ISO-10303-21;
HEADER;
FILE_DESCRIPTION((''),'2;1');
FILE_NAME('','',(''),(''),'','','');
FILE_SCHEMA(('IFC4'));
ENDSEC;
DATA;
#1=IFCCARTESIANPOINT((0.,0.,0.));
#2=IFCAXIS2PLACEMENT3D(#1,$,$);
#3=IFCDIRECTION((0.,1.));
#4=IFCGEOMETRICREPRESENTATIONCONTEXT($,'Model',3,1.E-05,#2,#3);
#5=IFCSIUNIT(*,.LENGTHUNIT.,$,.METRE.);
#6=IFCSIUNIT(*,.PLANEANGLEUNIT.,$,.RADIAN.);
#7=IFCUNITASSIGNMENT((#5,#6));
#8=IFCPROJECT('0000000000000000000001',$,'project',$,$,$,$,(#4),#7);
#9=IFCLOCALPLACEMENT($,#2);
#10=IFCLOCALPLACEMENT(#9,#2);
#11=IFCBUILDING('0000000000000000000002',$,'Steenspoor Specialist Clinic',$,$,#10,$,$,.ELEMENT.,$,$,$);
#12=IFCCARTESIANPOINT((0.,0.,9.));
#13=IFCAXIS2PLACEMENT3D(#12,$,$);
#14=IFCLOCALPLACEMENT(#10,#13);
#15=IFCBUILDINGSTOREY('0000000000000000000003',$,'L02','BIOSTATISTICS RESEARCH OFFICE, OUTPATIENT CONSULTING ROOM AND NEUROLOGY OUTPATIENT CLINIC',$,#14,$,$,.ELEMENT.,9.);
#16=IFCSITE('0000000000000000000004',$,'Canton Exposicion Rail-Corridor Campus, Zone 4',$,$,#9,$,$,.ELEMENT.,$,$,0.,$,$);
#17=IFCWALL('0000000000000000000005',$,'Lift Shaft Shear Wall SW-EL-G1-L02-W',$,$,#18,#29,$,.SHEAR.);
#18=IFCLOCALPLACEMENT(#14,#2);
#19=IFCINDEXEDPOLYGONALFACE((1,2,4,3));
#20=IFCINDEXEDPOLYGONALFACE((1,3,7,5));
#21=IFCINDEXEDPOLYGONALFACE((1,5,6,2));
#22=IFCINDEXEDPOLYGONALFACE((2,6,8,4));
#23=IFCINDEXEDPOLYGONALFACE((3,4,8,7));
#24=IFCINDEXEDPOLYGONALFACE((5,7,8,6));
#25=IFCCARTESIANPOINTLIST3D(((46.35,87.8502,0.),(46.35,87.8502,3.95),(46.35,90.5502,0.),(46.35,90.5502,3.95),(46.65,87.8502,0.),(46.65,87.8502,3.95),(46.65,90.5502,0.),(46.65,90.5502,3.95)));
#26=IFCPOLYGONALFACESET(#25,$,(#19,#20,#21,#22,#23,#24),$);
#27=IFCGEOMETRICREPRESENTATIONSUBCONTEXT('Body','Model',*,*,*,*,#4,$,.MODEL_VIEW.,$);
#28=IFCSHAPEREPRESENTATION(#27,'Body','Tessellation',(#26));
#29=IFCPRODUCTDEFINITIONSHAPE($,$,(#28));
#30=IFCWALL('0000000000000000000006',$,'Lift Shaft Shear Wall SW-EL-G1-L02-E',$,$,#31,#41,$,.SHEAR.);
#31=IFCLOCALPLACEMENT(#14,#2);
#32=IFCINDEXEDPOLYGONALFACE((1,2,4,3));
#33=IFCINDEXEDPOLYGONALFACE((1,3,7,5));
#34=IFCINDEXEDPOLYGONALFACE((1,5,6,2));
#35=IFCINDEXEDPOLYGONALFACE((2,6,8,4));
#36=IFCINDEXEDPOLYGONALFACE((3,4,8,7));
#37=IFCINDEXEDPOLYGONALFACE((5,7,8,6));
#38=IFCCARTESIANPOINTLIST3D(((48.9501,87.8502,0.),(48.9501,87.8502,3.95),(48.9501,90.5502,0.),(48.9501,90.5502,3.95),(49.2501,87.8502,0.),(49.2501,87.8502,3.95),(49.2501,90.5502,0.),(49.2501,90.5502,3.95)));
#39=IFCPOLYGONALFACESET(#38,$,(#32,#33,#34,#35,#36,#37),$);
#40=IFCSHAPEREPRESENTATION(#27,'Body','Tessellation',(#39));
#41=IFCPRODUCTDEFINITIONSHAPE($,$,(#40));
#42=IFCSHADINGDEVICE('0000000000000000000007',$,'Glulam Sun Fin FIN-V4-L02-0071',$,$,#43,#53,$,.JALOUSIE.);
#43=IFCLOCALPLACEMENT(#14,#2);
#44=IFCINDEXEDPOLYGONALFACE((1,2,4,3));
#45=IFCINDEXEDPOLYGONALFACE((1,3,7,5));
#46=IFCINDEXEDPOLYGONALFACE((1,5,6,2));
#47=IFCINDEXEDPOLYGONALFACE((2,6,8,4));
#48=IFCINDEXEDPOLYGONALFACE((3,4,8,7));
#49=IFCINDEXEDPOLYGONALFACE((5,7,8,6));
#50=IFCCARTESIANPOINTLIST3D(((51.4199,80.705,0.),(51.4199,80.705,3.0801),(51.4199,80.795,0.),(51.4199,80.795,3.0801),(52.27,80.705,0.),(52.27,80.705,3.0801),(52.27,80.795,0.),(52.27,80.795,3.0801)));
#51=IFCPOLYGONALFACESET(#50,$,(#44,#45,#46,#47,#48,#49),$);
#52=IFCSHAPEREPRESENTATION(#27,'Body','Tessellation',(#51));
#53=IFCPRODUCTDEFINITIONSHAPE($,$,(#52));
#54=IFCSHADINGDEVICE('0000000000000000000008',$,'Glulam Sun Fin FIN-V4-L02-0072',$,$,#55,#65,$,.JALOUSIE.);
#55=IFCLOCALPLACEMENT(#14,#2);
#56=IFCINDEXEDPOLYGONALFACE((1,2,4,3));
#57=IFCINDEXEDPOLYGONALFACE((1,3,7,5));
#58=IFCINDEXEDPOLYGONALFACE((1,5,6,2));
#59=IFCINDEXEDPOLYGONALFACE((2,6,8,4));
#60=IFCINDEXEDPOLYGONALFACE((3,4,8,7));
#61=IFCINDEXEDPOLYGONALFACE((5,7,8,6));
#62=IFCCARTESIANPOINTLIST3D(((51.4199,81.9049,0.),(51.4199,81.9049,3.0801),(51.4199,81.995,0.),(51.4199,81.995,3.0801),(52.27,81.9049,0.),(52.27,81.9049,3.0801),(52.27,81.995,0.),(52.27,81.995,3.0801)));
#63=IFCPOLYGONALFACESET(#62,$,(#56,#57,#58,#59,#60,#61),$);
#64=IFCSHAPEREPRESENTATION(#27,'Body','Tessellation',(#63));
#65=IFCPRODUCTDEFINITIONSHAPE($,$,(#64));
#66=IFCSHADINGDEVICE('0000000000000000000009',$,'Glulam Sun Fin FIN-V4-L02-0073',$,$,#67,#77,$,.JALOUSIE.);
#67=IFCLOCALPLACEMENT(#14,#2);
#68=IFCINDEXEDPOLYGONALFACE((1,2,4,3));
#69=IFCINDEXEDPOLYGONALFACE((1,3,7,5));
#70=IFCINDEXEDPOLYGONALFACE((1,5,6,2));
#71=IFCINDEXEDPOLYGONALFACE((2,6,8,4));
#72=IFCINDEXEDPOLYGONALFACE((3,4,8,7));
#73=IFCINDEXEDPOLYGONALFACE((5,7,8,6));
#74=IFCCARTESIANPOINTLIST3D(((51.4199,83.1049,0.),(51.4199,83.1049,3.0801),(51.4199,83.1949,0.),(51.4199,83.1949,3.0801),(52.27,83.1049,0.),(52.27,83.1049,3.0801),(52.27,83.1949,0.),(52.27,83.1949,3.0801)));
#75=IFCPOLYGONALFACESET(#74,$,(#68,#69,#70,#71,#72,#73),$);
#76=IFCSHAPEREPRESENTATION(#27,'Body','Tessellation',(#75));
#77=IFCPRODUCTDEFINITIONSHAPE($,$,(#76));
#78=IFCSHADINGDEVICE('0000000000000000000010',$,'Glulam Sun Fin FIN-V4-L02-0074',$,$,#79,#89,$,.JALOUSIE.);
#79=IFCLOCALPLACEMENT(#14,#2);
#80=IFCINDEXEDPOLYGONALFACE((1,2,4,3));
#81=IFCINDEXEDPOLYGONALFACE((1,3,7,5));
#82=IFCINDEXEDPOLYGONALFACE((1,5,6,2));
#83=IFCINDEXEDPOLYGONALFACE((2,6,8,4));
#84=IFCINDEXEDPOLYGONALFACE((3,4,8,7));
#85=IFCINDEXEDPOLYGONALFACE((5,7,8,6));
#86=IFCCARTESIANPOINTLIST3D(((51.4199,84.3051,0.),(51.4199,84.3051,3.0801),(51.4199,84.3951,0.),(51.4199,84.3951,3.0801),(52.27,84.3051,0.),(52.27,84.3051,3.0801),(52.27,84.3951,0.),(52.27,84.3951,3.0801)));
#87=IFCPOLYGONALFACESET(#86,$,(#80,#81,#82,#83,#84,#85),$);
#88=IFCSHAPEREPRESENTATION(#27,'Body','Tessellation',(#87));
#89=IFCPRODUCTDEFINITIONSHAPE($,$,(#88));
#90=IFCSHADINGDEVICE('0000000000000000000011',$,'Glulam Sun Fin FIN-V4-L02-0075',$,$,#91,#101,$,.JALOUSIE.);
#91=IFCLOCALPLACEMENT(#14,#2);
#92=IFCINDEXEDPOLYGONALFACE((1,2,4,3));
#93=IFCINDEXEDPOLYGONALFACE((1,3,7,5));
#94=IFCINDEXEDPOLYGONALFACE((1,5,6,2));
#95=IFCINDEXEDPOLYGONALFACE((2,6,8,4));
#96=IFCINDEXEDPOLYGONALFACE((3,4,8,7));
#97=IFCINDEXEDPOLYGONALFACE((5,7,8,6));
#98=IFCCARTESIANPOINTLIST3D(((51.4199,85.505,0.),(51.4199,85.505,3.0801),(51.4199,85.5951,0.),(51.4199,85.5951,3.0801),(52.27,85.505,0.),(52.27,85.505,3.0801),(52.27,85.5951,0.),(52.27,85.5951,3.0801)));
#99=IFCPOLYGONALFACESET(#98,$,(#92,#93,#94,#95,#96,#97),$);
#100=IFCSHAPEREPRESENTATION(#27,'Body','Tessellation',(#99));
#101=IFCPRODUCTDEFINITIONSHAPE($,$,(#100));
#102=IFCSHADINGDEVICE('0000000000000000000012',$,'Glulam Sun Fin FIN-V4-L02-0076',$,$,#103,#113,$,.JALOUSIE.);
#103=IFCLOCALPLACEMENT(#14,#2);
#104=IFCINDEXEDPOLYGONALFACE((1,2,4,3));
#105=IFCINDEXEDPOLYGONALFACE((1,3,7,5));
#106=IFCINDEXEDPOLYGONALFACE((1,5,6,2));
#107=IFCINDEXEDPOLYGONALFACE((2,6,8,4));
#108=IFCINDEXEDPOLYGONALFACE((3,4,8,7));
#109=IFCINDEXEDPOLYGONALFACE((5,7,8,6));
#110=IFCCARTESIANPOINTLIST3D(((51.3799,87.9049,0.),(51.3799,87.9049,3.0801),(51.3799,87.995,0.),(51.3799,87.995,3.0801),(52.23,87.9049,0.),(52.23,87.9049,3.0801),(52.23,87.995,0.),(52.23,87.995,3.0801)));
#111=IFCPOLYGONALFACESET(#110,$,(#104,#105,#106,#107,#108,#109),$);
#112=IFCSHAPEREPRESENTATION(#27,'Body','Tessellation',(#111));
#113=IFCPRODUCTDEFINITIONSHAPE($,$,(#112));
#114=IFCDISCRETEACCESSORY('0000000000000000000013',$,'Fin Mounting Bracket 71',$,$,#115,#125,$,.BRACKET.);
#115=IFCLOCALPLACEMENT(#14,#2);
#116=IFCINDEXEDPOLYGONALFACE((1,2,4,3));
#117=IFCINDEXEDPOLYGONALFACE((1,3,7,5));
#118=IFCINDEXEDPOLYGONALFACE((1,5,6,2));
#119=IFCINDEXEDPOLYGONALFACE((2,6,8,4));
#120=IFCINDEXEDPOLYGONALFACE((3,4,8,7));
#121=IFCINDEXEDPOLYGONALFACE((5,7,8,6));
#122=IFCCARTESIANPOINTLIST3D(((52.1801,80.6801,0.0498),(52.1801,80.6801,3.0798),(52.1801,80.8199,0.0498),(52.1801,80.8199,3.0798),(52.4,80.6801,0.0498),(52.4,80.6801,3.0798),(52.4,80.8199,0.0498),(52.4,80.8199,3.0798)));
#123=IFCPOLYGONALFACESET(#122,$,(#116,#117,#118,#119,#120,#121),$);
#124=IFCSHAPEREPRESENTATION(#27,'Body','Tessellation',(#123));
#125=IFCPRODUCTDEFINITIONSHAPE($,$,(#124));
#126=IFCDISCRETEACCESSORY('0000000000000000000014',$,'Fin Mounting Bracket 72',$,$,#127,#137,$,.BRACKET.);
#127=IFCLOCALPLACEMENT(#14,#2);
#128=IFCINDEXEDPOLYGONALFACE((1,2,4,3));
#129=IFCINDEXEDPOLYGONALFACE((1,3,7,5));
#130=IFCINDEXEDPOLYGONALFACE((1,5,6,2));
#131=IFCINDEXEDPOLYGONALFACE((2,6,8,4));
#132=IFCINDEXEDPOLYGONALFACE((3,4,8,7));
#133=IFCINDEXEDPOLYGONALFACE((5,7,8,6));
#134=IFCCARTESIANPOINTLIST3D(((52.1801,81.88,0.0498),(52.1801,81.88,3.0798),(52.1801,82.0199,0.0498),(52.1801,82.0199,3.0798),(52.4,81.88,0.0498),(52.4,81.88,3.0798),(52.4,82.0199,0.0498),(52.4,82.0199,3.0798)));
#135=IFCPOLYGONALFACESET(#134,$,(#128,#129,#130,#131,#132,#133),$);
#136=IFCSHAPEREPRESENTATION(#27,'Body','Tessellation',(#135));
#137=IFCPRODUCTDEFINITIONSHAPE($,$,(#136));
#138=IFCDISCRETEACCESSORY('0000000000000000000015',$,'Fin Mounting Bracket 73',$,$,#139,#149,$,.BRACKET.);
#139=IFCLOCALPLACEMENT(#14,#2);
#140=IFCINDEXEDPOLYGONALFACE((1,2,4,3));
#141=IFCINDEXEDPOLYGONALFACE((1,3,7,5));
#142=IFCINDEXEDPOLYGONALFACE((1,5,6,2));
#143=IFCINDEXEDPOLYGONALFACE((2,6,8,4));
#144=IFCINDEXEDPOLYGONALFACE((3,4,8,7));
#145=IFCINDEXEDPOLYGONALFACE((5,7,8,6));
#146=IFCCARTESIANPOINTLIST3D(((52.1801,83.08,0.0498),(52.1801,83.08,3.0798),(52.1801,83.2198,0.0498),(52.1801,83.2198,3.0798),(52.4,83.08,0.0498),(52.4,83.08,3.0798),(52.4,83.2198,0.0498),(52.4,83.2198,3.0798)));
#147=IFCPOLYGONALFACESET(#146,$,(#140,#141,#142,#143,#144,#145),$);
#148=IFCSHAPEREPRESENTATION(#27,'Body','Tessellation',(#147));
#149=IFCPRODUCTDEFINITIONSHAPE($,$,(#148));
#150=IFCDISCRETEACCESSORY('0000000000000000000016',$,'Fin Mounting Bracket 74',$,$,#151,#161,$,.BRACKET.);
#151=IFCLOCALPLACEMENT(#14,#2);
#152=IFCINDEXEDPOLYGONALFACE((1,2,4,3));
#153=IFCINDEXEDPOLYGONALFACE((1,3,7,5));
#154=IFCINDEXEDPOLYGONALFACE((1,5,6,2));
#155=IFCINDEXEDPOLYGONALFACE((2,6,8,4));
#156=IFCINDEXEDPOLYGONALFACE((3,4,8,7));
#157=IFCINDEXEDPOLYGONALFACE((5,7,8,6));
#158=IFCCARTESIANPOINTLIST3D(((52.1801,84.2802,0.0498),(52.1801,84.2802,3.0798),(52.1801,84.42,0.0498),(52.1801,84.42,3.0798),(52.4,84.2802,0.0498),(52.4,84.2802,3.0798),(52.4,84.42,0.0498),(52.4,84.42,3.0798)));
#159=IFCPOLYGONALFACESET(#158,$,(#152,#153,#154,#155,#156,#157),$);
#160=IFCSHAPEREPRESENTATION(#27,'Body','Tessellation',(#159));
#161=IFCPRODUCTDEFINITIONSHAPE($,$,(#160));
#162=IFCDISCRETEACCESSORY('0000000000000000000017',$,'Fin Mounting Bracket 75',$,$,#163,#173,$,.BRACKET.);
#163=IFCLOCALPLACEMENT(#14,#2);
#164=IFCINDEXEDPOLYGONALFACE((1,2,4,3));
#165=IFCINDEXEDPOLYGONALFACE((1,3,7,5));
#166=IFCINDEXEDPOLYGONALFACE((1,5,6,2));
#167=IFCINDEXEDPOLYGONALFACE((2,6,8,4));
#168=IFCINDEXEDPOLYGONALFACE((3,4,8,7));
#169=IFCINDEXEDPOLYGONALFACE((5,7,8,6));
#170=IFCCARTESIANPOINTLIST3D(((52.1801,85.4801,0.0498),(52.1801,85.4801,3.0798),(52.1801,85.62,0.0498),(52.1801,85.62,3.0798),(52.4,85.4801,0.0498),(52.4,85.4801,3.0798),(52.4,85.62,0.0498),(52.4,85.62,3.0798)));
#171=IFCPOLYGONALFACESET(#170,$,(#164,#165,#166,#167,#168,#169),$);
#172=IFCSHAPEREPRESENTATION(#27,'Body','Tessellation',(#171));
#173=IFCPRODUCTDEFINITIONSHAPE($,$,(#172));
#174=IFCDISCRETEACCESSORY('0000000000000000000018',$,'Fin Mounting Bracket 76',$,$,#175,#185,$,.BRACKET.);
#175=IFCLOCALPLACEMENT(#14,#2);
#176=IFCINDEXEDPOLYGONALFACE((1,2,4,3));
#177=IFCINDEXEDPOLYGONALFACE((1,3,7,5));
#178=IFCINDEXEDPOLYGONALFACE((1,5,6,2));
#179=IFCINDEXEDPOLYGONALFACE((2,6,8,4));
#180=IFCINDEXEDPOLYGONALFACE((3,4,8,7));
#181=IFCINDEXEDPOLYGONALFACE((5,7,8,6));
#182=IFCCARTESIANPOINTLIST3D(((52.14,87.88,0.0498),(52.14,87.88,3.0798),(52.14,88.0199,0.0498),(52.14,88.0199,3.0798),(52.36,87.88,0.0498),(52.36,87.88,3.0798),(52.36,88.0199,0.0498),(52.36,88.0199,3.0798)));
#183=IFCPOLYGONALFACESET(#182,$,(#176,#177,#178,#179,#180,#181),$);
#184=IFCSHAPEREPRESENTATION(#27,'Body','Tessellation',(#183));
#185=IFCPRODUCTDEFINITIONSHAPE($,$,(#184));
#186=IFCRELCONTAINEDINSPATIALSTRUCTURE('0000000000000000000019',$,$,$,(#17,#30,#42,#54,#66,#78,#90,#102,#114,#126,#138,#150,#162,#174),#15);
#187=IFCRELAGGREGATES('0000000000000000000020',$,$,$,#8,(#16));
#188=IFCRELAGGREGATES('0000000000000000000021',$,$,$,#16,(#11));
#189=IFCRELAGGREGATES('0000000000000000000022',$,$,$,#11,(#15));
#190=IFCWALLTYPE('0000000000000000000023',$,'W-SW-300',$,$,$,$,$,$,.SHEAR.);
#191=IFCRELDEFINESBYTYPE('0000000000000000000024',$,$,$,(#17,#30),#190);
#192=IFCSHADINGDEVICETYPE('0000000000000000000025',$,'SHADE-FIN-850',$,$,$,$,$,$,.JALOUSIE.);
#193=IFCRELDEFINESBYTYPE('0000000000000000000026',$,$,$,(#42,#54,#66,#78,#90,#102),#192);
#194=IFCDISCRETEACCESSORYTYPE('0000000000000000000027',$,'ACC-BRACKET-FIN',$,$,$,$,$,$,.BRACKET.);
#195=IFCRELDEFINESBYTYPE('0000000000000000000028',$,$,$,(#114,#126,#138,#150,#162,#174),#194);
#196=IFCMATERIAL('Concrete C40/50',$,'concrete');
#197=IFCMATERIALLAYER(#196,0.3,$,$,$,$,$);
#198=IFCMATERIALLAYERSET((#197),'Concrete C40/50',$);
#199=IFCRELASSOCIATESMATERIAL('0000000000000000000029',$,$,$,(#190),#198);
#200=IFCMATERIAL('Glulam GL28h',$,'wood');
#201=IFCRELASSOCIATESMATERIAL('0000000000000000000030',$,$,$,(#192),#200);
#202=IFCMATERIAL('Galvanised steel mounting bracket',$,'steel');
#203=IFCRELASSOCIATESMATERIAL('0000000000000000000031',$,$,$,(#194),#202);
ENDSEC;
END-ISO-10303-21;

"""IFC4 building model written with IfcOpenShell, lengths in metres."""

from ifc_helpers import new_model, si_unit, direction, frame, frame_2d, origin, origin_2d, place, context, subcontext, project, spatial, rectangle, extrude, material, layer, layer_set, material_profile, profile_set, type_object, element, save


model = new_model("IFC4")

# Units and contexts
model_context = context("Model", 3, precision=1e-05, world=origin(), true_north=direction((0.0, 1.0)))
body_context = subcontext(model_context, "Body", "Model", "MODEL_VIEW")
ifc_project = project(units=[si_unit("LENGTHUNIT", "METRE"), si_unit("PLANEANGLEUNIT", "RADIAN")], contexts=[model_context])

# Site, building, storey
site_placement = place(None, origin())
site = spatial("IfcSite", under=ifc_project, at=site_placement, Name="Canton Exposicion Rail-Corridor Campus, Zone 4", CompositionType="ELEMENT", RefElevation=0.0)
building_placement = place(site_placement, origin())
building = spatial("IfcBuilding", under=site, at=building_placement, Name="Steenspoor Specialist Clinic", CompositionType="ELEMENT")
storey_placement = place(building_placement, frame((0.0, 0.0, 9.0)))
storey = spatial("IfcBuildingStorey", under=building, at=storey_placement, Name="L02", Description="BIOSTATISTICS RESEARCH OFFICE, OUTPATIENT CONSULTING ROOM AND NEUROLOGY OUTPATIENT CLINIC", CompositionType="ELEMENT", Elevation=9.0)

# Shared definitions
ifc_material_1 = material(Name="Concrete C40/50", Category="concrete")

# Shared definitions
ifc_layer_1 = layer(ifc_material_1, 0.3)
ifc_layer_set_1 = layer_set([ifc_layer_1], Name="Concrete C40/50")
wall_type_1 = type_object("IfcWallType", Name="W-SW-300", PredefinedType="SHEAR", material=ifc_layer_set_1)

# Walls
for number, where, z_axis, x_axis, name in (
    (1, (46.5, 87.8501, 0.0), (0.0, 0.0, 1.0), (0.0, 1.0, 0.0), "Lift Shaft Shear Wall SW-EL-G1-L02-W"),
    (2, (49.1001, 87.8501, 0.0), (0.0, 0.0, 1.0), (0.0, 1.0, 0.0), "Lift Shaft Shear Wall SW-EL-G1-L02-E"),
):
    element("IfcWall", number, at=place(storey_placement, frame(where, z_axis=z_axis, x_axis=x_axis)), inside=storey, type_object=wall_type_1, Name=name, PredefinedType="SHEAR", context=body_context, shape_type="SweptSolid", body=[
        extrude(rectangle(XDim=2.7, YDim=0.3, at=frame_2d((1.3501, 0.0))), origin(), (0.0, 0.0, 1.0), 3.95),
    ])

# Shading devices
ifc_material_2 = material(Name="Glulam GL28h", Category="wood")
ifc_material_profile_1 = material_profile(ifc_material_2, rectangle(XDim=0.0901, YDim=0.8501, at=origin_2d()), Name="GL28H-90X850")
ifc_profile_set_1 = profile_set([ifc_material_profile_1], Name="Glulam GL28h")
shading_device_type = type_object("IfcShadingDeviceType", Name="SHADE-FIN-850", PredefinedType="JALOUSIE", material=ifc_profile_set_1)
for number, where, z_axis, x_axis, name in (
    (3, (51.845, 80.75, 0.0), (0.0, 0.0, 1.0), (0.0, 1.0, 0.0), "Glulam Sun Fin FIN-V4-L02-0071"),
    (4, (51.845, 81.95, 0.0), (0.0, 0.0, 1.0), (0.0, 1.0, 0.0), "Glulam Sun Fin FIN-V4-L02-0072"),
    (5, (51.845, 83.1499, 0.0), (0.0, 0.0, 1.0), (0.0, 1.0, 0.0), "Glulam Sun Fin FIN-V4-L02-0073"),
    (6, (51.845, 84.3501, 0.0), (0.0, 0.0, 1.0), (0.0, 1.0, 0.0), "Glulam Sun Fin FIN-V4-L02-0074"),
    (7, (51.845, 85.55, 0.0), (0.0, 0.0, 1.0), (0.0, 1.0, 0.0), "Glulam Sun Fin FIN-V4-L02-0075"),
    (8, (51.8049, 87.95, 0.0), (0.0, 0.0, 1.0), (0.0, 1.0, 0.0), "Glulam Sun Fin FIN-V4-L02-0076"),
):
    element("IfcShadingDevice", number, at=place(storey_placement, frame(where, z_axis=z_axis, x_axis=x_axis)), inside=storey, type_object=shading_device_type, Name=name, PredefinedType="JALOUSIE", context=body_context, shape_type="SweptSolid", body=[
        extrude(rectangle(XDim=0.0901, YDim=0.8501, at=origin_2d()), origin(), (0.0, 0.0, 1.0), 3.0801),
    ])

# Discrete accessories
ifc_material_3 = material(Name="Galvanised steel mounting bracket", Category="steel")
discrete_accessory_type = type_object("IfcDiscreteAccessoryType", Name="ACC-BRACKET-FIN", PredefinedType="BRACKET", material=ifc_material_3)
for number, where, z_axis, x_axis, name in (
    (9, (52.29, 80.75, 0.0498), (0.0, 0.0, 1.0), (-1.0, 0.0, 0.0), "Fin Mounting Bracket 71"),
    (10, (52.29, 81.95, 0.0498), (0.0, 0.0, 1.0), (-1.0, 0.0, 0.0), "Fin Mounting Bracket 72"),
    (11, (52.29, 83.1499, 0.0498), (0.0, 0.0, 1.0), (-1.0, 0.0, 0.0), "Fin Mounting Bracket 73"),
    (12, (52.29, 84.3501, 0.0498), (0.0, 0.0, 1.0), (-1.0, 0.0, 0.0), "Fin Mounting Bracket 74"),
    (13, (52.29, 85.55, 0.0498), (0.0, 0.0, 1.0), (-1.0, 0.0, 0.0), "Fin Mounting Bracket 75"),
    (14, (52.25, 87.95, 0.0498), (0.0, 0.0, 1.0), (-1.0, 0.0, 0.0), "Fin Mounting Bracket 76"),
):
    element("IfcDiscreteAccessory", number, at=place(storey_placement, frame(where, z_axis=z_axis, x_axis=x_axis)), inside=storey, type_object=discrete_accessory_type, Name=name, PredefinedType="BRACKET", context=body_context, shape_type="SweptSolid", body=[
        extrude(rectangle(XDim=0.22, YDim=0.1399, at=origin_2d()), origin(), (0.0, 0.0, 1.0), 3.03),
    ])

save(model, "model.ifc")
